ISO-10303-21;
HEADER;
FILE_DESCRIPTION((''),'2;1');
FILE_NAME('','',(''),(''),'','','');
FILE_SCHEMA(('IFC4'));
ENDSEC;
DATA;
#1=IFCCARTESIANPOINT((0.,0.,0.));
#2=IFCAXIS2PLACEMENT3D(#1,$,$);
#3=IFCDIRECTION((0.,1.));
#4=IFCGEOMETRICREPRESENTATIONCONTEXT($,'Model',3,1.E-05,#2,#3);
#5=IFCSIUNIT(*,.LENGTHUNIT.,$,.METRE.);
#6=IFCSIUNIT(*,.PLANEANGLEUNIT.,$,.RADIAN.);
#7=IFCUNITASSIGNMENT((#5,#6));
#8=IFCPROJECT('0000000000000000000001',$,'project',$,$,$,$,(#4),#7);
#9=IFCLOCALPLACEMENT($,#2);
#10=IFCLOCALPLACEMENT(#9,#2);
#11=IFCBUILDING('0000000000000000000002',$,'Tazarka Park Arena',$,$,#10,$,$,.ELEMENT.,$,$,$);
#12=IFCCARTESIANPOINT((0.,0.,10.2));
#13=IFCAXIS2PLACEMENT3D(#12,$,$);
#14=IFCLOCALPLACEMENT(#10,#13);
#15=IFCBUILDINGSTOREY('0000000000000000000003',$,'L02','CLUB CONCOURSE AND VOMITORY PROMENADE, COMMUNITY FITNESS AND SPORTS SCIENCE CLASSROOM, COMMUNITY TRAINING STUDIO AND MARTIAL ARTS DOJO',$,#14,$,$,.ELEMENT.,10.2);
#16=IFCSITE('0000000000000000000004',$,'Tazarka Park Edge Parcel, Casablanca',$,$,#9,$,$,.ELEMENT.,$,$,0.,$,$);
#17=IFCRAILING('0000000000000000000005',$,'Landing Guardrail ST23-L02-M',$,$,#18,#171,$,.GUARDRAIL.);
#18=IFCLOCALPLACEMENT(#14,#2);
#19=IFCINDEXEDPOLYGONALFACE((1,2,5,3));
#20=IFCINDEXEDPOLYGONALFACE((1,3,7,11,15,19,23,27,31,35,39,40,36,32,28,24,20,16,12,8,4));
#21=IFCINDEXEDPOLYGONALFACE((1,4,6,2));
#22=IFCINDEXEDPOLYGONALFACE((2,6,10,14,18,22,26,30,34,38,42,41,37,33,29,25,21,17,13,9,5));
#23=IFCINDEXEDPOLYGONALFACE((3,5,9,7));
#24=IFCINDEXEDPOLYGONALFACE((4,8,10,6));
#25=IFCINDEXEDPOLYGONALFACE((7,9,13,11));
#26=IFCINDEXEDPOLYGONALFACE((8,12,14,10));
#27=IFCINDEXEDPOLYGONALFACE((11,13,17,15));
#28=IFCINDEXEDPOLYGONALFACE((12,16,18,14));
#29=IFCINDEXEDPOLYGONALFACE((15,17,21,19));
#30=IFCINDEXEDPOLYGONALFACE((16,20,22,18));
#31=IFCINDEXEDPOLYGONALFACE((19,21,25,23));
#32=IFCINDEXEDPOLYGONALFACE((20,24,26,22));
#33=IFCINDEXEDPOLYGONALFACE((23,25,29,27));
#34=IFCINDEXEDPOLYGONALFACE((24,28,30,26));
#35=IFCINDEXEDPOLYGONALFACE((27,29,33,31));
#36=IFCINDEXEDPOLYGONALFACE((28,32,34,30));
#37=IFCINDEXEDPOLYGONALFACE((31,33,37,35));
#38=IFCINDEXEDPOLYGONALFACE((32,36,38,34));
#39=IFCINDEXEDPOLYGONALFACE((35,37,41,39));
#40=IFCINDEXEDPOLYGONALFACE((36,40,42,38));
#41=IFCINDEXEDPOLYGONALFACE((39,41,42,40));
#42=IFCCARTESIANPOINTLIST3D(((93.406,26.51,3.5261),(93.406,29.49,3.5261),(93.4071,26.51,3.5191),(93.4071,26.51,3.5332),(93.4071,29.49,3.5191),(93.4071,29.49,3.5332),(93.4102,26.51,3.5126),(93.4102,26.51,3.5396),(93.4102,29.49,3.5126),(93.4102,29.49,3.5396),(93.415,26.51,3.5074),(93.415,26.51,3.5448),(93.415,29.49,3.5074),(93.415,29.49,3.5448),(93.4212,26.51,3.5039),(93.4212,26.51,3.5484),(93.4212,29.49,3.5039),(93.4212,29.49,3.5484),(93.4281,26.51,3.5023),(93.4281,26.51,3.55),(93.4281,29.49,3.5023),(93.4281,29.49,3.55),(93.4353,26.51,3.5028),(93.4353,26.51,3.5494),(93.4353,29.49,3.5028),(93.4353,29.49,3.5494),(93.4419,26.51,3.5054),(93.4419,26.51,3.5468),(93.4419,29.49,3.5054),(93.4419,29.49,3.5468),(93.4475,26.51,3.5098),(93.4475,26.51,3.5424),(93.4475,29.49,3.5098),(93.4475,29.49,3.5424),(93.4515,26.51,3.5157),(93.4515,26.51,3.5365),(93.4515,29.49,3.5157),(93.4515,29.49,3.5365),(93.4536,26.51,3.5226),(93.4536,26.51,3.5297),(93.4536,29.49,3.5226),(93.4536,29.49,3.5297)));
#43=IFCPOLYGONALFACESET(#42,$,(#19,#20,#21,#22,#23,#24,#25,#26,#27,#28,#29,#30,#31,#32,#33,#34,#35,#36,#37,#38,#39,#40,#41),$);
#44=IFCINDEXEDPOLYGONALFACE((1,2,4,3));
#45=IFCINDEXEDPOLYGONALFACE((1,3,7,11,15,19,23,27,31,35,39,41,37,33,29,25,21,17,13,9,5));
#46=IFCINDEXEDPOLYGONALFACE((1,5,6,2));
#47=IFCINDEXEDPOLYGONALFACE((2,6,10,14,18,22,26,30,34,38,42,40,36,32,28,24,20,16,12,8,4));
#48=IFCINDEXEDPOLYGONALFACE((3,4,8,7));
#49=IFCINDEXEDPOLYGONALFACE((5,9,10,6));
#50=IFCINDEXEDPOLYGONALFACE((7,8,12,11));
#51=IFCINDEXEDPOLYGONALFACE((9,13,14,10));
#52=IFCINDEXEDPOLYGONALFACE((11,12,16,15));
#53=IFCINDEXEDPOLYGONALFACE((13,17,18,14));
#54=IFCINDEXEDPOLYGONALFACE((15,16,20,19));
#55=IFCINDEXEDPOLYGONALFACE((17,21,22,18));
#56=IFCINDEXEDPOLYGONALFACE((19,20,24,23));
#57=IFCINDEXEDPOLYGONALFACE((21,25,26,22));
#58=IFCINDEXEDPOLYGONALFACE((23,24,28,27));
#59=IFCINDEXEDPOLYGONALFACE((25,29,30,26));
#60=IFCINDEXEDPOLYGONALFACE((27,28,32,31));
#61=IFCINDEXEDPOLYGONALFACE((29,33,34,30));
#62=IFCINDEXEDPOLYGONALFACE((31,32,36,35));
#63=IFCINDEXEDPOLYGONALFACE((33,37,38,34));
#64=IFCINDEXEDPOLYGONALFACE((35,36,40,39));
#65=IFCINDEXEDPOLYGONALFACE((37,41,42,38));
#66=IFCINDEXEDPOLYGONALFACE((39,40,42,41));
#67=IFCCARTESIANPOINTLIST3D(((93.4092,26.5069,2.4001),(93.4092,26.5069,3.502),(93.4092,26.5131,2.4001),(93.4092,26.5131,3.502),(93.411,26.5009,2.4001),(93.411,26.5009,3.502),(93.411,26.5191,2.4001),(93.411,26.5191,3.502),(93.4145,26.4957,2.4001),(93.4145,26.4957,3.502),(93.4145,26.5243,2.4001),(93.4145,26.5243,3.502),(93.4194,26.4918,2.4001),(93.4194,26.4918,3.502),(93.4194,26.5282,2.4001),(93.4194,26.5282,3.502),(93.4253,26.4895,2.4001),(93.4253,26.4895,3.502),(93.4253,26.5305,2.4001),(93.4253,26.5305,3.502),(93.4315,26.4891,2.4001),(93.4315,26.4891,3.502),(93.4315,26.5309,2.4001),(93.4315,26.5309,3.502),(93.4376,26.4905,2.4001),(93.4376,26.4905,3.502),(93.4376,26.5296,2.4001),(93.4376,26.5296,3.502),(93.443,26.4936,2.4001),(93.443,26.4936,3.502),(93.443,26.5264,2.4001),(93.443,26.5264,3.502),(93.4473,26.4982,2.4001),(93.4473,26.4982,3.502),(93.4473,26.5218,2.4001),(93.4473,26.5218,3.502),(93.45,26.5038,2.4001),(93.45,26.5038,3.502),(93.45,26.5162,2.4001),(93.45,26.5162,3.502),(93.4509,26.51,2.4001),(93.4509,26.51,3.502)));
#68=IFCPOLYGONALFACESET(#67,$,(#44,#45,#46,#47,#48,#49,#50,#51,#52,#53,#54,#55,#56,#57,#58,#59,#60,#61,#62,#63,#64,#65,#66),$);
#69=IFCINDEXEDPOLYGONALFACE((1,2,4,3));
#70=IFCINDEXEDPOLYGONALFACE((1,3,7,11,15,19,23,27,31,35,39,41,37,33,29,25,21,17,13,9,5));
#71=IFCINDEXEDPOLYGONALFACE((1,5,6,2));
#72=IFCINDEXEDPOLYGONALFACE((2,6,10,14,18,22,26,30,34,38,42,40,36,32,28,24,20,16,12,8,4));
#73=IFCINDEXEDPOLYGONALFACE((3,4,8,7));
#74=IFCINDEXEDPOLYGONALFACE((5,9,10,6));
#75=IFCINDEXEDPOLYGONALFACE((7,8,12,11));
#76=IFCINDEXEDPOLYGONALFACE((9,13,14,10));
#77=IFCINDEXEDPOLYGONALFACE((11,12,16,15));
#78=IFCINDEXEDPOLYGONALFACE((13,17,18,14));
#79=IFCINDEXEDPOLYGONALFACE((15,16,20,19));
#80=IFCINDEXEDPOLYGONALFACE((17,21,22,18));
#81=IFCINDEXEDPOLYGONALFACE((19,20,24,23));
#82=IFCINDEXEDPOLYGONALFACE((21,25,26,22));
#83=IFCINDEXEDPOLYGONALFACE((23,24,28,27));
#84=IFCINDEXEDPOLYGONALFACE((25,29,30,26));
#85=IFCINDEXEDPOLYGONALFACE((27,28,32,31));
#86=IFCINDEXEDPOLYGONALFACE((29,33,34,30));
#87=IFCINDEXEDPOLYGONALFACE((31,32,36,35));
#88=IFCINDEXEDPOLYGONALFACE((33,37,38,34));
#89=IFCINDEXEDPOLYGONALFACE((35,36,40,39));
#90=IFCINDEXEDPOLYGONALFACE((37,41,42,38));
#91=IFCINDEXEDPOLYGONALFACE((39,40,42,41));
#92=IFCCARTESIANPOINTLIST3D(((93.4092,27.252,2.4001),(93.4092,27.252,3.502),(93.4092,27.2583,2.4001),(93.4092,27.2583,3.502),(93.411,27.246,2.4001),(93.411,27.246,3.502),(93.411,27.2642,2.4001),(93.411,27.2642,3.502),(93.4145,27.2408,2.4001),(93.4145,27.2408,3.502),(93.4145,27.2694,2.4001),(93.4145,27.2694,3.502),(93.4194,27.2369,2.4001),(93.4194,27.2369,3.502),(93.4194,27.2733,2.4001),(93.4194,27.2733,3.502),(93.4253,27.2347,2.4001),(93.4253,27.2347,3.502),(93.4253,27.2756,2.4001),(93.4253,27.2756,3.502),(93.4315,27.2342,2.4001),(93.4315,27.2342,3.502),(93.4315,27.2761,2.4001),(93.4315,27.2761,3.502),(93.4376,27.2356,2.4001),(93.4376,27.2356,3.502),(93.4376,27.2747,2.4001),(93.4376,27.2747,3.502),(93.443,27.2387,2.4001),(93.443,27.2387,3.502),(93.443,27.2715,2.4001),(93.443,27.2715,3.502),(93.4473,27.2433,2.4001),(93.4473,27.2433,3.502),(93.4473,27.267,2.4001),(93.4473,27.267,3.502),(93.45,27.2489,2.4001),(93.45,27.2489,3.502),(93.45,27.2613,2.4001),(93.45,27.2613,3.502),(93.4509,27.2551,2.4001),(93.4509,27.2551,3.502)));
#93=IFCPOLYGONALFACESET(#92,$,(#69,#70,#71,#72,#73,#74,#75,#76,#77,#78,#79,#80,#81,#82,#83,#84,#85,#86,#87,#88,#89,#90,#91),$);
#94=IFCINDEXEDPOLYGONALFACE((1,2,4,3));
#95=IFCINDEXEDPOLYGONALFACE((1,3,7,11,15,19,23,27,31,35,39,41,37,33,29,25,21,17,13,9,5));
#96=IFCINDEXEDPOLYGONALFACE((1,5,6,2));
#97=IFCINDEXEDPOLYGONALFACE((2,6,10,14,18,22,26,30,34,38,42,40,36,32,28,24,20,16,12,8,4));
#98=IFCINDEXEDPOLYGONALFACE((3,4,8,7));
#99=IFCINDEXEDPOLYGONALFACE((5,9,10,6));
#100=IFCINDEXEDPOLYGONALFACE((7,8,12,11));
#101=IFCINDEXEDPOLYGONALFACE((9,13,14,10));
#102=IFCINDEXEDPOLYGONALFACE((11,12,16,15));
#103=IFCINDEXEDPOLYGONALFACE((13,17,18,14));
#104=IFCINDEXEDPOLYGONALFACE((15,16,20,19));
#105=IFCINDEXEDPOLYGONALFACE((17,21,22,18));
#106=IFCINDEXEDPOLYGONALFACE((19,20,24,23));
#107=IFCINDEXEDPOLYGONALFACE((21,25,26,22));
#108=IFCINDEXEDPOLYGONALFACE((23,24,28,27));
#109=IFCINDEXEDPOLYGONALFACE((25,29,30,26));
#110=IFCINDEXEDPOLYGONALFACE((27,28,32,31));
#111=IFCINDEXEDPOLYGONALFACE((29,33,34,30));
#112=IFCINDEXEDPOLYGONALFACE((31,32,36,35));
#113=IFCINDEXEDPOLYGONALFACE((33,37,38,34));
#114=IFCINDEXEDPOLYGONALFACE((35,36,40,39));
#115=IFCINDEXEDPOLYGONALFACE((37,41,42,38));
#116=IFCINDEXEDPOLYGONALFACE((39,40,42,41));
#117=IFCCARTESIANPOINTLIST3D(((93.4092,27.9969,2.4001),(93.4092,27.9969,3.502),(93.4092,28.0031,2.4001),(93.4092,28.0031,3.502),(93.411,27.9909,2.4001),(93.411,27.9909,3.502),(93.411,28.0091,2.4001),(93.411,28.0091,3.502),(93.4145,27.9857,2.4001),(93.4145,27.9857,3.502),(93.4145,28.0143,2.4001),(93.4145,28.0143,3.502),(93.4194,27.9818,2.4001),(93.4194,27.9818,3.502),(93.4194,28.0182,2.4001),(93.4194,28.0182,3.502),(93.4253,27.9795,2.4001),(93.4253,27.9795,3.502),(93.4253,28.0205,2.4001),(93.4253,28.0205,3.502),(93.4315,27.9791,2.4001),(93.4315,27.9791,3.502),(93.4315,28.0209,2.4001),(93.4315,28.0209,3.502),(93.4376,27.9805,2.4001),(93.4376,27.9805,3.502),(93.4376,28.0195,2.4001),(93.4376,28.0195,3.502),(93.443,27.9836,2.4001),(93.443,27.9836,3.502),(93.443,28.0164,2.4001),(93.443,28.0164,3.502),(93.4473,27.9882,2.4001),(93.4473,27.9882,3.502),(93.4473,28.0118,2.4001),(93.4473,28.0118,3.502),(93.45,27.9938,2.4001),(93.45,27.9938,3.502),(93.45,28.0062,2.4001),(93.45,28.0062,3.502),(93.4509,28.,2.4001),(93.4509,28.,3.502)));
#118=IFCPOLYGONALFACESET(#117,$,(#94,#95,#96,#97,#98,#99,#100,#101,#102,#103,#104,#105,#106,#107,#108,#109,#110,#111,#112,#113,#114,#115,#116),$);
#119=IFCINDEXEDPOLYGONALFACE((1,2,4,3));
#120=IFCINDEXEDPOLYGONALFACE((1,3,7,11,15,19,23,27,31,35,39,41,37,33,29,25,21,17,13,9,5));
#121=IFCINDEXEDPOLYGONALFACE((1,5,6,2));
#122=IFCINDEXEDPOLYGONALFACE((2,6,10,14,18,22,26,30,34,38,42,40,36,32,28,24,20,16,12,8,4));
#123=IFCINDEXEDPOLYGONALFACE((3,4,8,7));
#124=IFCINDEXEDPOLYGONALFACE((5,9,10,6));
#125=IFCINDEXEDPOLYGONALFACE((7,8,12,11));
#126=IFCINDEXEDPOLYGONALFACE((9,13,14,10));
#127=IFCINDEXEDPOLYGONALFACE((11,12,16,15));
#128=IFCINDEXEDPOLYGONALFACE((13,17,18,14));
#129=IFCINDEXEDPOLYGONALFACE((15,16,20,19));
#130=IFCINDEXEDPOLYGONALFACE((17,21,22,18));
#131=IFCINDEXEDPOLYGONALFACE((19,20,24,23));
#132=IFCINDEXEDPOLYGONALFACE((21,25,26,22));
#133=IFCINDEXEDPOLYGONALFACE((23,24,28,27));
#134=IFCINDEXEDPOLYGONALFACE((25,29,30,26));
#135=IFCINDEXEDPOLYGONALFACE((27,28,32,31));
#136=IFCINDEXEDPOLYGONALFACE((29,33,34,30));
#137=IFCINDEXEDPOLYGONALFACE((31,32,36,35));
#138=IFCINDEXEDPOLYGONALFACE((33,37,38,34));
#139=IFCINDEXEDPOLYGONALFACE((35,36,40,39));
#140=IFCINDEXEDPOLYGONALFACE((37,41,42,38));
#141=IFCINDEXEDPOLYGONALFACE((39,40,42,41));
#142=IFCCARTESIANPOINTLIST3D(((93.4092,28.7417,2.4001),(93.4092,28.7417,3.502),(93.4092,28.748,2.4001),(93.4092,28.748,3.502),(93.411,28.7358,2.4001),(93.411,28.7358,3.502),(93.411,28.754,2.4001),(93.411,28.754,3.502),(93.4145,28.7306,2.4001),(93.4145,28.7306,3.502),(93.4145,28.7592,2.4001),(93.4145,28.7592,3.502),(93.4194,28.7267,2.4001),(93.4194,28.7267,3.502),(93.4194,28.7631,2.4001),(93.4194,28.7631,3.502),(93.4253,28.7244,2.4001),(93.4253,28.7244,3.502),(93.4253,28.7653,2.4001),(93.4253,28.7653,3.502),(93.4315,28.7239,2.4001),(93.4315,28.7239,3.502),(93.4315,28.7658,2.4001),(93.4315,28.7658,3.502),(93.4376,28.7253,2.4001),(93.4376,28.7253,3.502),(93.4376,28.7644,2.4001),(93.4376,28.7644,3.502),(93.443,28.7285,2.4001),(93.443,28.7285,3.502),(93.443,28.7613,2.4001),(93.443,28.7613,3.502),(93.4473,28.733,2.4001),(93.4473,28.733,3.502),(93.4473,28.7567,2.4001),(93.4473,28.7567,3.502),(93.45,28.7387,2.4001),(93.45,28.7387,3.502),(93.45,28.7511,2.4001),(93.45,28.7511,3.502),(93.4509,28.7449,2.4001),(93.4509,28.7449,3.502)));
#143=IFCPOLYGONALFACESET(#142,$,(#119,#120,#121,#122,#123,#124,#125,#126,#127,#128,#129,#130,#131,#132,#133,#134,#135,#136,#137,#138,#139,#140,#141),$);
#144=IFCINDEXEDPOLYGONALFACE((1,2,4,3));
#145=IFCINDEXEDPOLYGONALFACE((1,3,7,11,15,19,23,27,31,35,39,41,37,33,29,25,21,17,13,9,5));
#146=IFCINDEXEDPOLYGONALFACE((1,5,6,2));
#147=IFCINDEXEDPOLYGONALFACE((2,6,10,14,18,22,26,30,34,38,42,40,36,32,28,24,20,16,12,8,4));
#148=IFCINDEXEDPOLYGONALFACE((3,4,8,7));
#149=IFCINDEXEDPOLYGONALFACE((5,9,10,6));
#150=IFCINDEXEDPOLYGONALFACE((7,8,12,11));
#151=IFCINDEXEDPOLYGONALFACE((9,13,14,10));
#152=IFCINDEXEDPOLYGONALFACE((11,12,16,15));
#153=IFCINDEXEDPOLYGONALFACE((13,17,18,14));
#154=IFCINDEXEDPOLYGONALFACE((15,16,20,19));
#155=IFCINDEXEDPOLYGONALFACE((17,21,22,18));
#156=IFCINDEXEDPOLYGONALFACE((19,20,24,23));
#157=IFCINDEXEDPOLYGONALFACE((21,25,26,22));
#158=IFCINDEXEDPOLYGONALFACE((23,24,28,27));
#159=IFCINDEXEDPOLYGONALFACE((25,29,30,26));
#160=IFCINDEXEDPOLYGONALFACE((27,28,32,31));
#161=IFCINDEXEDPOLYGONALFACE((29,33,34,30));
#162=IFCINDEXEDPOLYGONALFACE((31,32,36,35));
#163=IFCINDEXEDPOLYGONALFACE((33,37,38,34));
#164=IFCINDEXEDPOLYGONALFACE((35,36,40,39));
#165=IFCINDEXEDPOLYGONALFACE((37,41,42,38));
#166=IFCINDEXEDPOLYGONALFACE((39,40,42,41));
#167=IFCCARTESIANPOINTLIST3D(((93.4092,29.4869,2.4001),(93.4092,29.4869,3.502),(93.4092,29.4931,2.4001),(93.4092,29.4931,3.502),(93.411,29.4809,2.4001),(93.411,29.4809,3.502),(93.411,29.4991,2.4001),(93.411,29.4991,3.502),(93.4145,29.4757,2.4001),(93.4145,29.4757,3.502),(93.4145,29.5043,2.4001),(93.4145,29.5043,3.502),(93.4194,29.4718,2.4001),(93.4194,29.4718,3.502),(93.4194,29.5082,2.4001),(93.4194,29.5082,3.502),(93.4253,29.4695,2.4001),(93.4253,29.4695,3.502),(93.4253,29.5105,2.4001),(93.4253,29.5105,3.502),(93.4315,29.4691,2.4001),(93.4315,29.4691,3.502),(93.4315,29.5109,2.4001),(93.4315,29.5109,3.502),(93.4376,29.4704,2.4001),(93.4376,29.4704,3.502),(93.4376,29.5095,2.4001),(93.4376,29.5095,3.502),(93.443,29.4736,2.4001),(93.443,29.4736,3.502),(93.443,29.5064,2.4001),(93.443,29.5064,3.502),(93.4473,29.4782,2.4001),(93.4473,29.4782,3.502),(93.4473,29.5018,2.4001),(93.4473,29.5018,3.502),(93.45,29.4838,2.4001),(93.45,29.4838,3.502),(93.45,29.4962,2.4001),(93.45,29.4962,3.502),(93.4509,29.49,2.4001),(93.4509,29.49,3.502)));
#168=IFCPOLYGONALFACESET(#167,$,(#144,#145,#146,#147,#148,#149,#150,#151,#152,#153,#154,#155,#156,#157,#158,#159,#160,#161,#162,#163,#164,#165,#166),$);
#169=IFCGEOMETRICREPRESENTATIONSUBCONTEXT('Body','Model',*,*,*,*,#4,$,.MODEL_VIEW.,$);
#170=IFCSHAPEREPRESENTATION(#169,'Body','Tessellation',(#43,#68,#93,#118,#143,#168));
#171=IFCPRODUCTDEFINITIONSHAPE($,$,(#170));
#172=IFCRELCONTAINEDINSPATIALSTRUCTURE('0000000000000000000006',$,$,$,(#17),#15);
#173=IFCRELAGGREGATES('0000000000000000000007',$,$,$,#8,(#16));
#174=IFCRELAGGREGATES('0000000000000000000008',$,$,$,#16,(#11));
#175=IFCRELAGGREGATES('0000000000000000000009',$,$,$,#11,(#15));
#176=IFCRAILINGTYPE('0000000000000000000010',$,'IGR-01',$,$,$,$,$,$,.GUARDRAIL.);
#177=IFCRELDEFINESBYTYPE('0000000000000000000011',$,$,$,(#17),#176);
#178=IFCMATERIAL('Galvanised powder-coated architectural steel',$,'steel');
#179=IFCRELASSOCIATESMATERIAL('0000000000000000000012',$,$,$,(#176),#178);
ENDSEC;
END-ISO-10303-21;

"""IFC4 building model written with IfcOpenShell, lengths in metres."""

from ifc_helpers import new_model, si_unit, direction, frame, origin, origin_2d, place, context, subcontext, project, spatial, circle, extrude, material, type_object, element, save


model = new_model("IFC4")

# Units and contexts
model_context = context("Model", 3, precision=1e-05, world=origin(), true_north=direction((0.0, 1.0)))
body_context = subcontext(model_context, "Body", "Model", "MODEL_VIEW")
ifc_project = project(units=[si_unit("LENGTHUNIT", "METRE"), si_unit("PLANEANGLEUNIT", "RADIAN")], contexts=[model_context])

# Site, building, storey
site_placement = place(None, origin())
site = spatial("IfcSite", under=ifc_project, at=site_placement, Name="Tazarka Park Edge Parcel, Casablanca", CompositionType="ELEMENT", RefElevation=0.0)
building_placement = place(site_placement, origin())
building = spatial("IfcBuilding", under=site, at=building_placement, Name="Tazarka Park Arena", CompositionType="ELEMENT")
storey_placement = place(building_placement, frame((0.0, 0.0, 10.2)))
storey = spatial("IfcBuildingStorey", under=building, at=storey_placement, Name="L02", Description="CLUB CONCOURSE AND VOMITORY PROMENADE, COMMUNITY FITNESS AND SPORTS SCIENCE CLASSROOM, COMMUNITY TRAINING STUDIO AND MARTIAL ARTS DOJO", CompositionType="ELEMENT", Elevation=10.2)

# Railing
ifc_material_1 = material(Name="Galvanised powder-coated architectural steel", Category="steel")
railing_type_1 = type_object("IfcRailingType", Name="IGR-01", PredefinedType="GUARDRAIL", material=ifc_material_1)
for number, where, name in (
    (1, (93.4299, 26.51, 2.4001), "Landing Guardrail ST23-L02-M"),
):
    element("IfcRailing", number, at=place(storey_placement, frame(where)), inside=storey, type_object=railing_type_1, Name=name, PredefinedType="GUARDRAIL", context=body_context, shape_type="SweptSolid", body=[
        extrude(circle(Radius=0.0239, at=origin_2d()), frame((0.0, 0.0, 1.126), z_axis=(0.0, 1.0, 0.0), x_axis=(-1.0, 0.0, 0.0)), (0.0, 0.0, 1.0), 2.98),
        extrude(circle(Radius=0.021, at=origin_2d()), origin(), (0.0, 0.0, 1.0), 1.1018),
        extrude(circle(Radius=0.021, at=origin_2d()), frame((0.0, 0.7451, 0.0)), (0.0, 0.0, 1.0), 1.1018),
        extrude(circle(Radius=0.021, at=origin_2d()), frame((0.0, 1.49, 0.0)), (0.0, 0.0, 1.0), 1.1018),
        extrude(circle(Radius=0.021, at=origin_2d()), frame((0.0, 2.2349, 0.0)), (0.0, 0.0, 1.0), 1.1018),
        extrude(circle(Radius=0.021, at=origin_2d()), frame((0.0, 2.98, 0.0)), (0.0, 0.0, 1.0), 1.1018),
    ])

save(model, "model.ifc")
